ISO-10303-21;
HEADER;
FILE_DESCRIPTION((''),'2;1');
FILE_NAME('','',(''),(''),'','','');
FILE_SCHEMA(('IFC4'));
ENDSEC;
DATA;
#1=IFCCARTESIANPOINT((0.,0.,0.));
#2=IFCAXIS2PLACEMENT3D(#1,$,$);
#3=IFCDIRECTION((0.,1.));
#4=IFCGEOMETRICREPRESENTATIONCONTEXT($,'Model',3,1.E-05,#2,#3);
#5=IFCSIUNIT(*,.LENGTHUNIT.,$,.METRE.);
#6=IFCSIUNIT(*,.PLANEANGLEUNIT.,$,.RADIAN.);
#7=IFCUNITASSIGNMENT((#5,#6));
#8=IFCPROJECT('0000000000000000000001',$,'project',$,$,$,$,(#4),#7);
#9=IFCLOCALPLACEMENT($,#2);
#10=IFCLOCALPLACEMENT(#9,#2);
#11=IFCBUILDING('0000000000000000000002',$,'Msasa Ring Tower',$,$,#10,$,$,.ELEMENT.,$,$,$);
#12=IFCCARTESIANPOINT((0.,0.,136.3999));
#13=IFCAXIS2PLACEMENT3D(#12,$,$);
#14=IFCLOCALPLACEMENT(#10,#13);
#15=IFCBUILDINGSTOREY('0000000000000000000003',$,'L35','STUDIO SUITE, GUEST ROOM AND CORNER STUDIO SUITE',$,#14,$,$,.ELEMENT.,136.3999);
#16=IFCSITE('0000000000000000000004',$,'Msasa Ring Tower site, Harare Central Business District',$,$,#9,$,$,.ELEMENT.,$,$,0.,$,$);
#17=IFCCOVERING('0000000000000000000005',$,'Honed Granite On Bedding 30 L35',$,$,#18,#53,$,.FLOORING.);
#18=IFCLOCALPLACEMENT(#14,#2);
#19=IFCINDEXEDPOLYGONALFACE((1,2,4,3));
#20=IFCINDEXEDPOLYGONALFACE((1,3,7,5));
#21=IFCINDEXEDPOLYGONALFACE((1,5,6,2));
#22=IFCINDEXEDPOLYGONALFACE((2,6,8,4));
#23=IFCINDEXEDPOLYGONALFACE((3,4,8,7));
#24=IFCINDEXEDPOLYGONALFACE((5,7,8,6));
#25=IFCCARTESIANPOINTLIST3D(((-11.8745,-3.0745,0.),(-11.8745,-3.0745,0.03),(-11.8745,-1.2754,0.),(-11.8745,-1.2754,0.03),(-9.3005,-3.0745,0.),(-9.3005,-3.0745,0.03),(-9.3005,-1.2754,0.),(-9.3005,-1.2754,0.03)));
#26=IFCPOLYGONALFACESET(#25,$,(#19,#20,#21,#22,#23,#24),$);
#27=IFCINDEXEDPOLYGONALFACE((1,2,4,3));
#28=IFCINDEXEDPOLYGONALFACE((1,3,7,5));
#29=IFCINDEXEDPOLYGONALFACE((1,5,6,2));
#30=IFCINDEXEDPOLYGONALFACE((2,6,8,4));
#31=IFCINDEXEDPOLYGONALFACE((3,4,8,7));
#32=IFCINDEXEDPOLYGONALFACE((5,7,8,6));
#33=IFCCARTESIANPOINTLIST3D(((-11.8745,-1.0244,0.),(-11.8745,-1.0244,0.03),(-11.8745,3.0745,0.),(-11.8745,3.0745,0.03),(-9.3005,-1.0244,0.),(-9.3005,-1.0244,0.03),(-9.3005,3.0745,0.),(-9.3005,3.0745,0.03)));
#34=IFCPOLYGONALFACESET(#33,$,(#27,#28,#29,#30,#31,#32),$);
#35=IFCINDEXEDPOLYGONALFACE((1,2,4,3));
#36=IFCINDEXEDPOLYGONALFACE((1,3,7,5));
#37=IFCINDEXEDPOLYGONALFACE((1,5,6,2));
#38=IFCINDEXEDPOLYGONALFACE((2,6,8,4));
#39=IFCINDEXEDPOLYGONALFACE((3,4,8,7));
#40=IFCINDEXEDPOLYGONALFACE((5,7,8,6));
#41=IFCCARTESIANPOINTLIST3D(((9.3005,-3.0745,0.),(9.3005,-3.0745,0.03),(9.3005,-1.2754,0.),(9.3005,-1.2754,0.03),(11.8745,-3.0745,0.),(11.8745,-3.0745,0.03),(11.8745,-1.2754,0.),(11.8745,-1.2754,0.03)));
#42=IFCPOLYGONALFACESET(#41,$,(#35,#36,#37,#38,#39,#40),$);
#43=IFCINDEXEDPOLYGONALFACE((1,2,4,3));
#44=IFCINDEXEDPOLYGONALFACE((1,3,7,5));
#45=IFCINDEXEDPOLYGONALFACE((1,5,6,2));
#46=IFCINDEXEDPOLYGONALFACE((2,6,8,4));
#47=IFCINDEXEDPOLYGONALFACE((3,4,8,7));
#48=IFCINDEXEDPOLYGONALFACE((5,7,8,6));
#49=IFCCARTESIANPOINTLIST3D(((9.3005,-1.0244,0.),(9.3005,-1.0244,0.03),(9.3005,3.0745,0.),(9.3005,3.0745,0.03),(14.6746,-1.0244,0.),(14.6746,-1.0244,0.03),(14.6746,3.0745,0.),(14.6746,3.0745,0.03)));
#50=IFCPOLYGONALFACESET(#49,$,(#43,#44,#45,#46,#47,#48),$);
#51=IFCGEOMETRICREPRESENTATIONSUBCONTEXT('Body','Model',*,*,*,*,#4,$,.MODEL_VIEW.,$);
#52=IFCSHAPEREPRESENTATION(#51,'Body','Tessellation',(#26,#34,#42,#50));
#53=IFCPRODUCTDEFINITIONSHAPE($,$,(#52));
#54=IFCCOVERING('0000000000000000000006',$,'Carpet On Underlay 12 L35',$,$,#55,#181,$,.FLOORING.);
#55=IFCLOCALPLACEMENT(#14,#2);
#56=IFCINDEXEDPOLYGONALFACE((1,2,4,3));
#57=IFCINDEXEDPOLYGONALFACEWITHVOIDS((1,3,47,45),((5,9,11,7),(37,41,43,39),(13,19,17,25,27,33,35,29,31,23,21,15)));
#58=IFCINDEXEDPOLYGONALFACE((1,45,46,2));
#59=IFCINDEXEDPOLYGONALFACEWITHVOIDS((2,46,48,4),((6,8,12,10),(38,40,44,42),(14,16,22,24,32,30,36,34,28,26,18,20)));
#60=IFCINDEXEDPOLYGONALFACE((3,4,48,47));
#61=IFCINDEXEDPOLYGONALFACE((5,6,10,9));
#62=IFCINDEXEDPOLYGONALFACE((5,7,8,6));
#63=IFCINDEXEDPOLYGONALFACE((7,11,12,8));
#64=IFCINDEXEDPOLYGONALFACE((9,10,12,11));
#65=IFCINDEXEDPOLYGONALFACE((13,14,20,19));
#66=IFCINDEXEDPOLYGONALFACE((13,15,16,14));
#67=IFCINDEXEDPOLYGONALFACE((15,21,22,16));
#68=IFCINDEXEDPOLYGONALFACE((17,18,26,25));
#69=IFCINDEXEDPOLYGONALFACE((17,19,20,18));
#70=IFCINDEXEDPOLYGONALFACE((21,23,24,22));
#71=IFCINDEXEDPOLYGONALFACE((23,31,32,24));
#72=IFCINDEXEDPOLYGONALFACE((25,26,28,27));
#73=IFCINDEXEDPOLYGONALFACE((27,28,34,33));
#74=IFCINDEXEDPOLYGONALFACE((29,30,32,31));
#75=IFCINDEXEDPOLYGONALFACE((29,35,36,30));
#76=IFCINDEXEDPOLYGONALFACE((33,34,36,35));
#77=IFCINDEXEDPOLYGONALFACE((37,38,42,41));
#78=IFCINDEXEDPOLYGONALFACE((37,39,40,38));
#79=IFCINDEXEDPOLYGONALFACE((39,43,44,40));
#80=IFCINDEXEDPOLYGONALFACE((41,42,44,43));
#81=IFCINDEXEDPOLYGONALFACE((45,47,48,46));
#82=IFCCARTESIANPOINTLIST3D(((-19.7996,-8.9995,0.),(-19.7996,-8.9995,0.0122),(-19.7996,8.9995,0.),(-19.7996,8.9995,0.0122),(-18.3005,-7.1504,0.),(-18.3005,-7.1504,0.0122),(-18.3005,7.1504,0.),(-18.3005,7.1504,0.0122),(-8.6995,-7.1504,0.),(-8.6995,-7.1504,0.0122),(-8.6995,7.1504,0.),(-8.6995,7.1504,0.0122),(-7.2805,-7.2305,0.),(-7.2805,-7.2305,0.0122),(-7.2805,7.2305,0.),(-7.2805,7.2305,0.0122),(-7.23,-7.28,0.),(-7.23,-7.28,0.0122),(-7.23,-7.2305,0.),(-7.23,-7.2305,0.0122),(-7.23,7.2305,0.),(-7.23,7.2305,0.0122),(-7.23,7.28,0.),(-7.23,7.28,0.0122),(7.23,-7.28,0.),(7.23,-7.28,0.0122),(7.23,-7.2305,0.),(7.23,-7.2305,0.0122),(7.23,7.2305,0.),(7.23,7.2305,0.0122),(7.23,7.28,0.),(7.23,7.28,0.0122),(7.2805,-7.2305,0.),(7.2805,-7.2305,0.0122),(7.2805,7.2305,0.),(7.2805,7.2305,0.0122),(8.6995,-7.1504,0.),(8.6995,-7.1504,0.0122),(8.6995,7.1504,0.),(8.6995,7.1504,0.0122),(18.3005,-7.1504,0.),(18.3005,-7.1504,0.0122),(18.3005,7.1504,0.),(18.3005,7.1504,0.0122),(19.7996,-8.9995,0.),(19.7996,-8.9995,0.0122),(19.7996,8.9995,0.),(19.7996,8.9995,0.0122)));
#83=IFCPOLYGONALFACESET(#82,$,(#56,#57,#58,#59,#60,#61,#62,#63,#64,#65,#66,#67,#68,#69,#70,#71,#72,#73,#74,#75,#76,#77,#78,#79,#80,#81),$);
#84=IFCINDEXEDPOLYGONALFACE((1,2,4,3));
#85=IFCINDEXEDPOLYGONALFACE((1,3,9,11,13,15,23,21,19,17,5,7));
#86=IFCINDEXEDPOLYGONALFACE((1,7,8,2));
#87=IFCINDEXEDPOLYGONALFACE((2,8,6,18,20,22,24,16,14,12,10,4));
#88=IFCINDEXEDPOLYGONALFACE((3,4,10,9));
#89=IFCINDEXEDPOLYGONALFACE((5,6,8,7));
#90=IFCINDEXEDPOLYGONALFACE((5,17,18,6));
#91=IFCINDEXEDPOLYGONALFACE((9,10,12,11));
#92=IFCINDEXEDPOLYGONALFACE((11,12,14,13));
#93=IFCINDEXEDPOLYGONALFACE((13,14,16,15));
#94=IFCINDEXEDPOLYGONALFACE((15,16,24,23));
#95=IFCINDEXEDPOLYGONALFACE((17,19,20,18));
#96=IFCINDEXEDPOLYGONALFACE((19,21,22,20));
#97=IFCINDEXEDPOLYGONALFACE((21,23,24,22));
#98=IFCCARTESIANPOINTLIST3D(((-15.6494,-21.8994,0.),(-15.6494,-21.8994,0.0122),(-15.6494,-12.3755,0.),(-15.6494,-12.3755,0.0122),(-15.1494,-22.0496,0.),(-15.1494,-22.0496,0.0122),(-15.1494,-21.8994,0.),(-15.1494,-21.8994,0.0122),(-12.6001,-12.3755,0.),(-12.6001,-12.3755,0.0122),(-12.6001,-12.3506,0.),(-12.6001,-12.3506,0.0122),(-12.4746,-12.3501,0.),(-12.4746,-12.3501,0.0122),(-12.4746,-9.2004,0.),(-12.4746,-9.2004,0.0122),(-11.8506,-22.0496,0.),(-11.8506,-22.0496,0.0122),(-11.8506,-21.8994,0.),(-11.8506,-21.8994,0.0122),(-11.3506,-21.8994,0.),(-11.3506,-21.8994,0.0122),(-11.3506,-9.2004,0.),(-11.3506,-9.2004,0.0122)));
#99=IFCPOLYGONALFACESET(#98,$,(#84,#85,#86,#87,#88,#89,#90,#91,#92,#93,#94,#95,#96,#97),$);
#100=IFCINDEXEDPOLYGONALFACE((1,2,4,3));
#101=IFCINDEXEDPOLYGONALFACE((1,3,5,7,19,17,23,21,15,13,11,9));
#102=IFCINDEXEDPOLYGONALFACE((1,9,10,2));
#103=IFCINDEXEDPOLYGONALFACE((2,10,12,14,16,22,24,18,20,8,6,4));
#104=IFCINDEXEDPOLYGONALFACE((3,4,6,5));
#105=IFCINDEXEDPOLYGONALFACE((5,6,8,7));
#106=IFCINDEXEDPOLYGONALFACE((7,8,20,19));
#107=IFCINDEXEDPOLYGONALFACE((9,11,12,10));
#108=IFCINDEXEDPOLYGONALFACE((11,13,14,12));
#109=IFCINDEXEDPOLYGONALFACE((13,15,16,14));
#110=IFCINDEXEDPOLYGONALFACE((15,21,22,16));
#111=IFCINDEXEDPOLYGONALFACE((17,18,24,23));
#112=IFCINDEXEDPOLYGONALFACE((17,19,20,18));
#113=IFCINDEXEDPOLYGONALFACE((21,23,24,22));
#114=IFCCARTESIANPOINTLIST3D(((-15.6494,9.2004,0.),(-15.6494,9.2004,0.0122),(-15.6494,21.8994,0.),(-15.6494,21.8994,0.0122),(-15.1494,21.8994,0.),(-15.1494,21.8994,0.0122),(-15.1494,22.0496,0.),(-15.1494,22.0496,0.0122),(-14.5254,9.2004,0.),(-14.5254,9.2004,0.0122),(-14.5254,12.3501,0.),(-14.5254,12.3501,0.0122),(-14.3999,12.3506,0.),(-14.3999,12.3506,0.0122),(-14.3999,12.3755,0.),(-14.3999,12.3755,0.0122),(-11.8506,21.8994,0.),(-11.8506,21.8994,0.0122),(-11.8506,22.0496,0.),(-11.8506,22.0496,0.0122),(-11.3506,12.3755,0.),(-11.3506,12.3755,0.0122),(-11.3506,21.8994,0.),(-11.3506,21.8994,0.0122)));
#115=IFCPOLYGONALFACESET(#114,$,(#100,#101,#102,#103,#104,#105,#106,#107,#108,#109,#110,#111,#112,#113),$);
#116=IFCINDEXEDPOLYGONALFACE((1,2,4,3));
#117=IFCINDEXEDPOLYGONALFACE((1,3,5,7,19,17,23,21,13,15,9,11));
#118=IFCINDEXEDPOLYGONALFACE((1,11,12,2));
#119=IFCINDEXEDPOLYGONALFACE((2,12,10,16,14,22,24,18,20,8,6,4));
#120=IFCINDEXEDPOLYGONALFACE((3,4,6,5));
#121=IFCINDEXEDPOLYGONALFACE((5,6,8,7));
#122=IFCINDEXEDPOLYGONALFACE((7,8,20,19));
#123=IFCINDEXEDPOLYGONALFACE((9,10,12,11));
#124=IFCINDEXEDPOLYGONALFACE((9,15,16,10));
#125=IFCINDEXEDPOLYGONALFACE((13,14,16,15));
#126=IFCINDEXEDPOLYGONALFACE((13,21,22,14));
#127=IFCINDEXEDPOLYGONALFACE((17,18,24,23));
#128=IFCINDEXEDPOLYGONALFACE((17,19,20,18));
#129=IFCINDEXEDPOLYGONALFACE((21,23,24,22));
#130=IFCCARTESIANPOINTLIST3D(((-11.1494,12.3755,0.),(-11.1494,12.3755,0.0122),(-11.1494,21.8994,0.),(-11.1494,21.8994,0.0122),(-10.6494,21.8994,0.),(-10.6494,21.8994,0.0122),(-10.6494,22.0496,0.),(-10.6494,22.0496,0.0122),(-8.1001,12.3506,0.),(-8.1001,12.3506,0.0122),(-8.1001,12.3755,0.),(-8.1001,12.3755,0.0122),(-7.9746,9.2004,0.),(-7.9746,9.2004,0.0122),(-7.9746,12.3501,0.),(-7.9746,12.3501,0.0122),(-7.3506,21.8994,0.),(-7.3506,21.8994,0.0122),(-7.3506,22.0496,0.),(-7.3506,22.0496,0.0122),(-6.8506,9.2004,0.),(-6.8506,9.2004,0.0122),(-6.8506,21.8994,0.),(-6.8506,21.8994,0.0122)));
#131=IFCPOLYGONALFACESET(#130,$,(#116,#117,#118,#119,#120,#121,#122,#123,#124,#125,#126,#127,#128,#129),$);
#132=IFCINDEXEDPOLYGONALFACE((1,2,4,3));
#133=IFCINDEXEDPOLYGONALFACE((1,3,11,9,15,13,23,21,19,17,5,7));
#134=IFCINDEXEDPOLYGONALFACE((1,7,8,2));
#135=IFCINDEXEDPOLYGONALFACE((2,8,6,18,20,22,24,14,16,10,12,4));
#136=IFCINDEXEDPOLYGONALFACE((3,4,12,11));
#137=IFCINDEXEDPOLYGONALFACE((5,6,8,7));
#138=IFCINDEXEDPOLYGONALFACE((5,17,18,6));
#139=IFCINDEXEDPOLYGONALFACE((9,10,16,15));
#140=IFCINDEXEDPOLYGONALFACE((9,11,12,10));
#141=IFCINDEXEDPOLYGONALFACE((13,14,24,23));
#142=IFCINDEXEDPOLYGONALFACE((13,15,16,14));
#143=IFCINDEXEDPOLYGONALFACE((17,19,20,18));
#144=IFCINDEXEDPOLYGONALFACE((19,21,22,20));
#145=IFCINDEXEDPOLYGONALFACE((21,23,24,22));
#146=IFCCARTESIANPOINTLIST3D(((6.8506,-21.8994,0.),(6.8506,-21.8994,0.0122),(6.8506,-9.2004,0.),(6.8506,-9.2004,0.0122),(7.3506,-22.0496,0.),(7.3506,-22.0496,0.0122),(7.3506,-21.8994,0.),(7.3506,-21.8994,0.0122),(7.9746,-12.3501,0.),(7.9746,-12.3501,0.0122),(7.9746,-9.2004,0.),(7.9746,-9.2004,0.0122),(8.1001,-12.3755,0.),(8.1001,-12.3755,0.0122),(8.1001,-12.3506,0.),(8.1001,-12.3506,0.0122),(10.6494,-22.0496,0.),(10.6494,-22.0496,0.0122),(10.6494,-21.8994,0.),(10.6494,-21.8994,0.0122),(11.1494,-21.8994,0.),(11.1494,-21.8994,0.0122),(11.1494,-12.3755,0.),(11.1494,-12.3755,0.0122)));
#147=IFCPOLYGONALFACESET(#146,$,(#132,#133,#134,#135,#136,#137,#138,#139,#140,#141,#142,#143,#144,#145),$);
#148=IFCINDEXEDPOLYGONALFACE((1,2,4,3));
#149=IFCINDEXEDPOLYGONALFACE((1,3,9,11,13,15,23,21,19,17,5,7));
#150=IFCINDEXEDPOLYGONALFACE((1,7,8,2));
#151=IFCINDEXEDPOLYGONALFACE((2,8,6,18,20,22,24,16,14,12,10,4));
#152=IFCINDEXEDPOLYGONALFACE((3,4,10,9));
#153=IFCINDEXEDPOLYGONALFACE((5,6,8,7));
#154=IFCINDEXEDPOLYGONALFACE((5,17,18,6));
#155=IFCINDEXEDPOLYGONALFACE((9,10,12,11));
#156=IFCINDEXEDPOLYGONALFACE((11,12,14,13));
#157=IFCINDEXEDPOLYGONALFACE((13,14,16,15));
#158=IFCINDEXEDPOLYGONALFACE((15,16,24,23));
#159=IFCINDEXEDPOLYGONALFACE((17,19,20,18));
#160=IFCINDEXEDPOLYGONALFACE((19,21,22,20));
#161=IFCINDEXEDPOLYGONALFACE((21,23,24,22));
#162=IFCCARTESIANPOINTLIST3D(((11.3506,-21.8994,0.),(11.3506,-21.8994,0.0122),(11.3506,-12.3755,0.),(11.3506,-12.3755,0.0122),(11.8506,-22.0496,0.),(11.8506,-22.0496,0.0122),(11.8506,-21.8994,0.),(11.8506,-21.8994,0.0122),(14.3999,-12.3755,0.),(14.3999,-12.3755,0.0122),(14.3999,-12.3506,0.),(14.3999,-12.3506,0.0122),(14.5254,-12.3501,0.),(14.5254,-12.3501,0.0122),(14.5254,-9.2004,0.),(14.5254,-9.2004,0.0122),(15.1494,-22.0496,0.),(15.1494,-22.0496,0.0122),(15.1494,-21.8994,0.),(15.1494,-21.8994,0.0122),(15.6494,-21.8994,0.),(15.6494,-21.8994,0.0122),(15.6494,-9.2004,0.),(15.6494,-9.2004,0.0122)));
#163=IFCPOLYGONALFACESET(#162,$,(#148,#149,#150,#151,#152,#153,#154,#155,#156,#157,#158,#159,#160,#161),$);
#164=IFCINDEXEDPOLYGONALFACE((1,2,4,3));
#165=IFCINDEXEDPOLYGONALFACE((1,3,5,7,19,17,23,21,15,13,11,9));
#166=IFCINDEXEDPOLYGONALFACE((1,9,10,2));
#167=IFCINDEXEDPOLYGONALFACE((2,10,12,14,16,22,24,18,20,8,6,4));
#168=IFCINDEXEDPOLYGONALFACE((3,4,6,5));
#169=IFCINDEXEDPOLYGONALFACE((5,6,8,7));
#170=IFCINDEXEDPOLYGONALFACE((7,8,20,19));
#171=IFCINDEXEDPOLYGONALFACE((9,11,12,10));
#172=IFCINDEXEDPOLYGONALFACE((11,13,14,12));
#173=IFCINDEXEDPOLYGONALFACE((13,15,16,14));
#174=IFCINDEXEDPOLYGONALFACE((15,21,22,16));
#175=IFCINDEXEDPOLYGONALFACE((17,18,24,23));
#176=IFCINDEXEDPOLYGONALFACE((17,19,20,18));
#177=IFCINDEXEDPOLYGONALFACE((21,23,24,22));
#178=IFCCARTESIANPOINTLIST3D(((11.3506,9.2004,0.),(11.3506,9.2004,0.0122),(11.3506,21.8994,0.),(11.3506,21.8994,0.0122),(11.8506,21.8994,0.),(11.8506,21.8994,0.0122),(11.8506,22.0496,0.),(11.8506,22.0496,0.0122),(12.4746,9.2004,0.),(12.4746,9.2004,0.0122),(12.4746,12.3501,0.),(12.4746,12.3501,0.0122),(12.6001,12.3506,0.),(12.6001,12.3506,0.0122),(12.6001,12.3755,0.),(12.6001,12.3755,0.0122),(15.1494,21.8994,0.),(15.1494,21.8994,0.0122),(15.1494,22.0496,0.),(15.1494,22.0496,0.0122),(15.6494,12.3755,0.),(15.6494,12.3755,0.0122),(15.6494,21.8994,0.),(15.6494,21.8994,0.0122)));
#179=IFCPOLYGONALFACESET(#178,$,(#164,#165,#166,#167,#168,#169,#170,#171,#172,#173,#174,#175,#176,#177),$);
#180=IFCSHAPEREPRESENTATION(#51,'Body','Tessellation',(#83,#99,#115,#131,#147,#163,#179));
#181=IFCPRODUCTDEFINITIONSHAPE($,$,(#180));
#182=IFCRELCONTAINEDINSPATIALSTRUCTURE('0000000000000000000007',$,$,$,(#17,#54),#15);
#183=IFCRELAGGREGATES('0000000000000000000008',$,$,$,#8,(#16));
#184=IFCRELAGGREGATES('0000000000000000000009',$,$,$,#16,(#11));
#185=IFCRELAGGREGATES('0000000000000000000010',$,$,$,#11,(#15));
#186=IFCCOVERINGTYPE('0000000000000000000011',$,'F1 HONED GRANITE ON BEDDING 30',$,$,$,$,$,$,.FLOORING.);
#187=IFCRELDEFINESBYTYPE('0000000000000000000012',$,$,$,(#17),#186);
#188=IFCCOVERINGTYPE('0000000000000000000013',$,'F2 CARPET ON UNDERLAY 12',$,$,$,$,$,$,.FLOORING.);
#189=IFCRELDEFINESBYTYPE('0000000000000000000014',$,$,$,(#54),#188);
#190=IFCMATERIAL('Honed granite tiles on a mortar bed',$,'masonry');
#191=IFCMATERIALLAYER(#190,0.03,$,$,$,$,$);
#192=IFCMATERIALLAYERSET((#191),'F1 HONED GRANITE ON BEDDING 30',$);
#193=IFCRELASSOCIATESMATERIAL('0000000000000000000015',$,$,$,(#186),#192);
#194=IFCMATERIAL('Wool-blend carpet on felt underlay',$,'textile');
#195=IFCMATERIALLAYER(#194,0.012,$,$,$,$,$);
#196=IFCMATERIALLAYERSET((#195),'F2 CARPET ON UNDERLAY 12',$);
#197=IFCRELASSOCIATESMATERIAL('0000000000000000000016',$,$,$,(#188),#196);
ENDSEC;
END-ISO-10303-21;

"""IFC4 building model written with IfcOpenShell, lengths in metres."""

from ifc_helpers import new_model, si_unit, direction, frame, origin, place, context, subcontext, project, spatial, line, indexed_curve, outline, extrude, material, layer, layer_set, type_object, element, save


model = new_model("IFC4")

# Units and contexts
model_context = context("Model", 3, precision=1e-05, world=origin(), true_north=direction((0.0, 1.0)))
body_context = subcontext(model_context, "Body", "Model", "MODEL_VIEW")
ifc_project = project(units=[si_unit("LENGTHUNIT", "METRE"), si_unit("PLANEANGLEUNIT", "RADIAN")], contexts=[model_context])

# Site, building, storey
site_placement = place(None, origin())
site = spatial("IfcSite", under=ifc_project, at=site_placement, Name="Msasa Ring Tower site, Harare Central Business District", CompositionType="ELEMENT", RefElevation=0.0)
building_placement = place(site_placement, origin())
building = spatial("IfcBuilding", under=site, at=building_placement, Name="Msasa Ring Tower", CompositionType="ELEMENT")
storey_placement = place(building_placement, frame((0.0, 0.0, 136.3999)))
storey = spatial("IfcBuildingStorey", under=building, at=storey_placement, Name="L35", Description="STUDIO SUITE, GUEST ROOM AND CORNER STUDIO SUITE", CompositionType="ELEMENT", Elevation=136.3999)

# Coverings
ifc_material_1 = material(Name="Honed granite tiles on a mortar bed", Category="masonry")
ifc_layer_1 = layer(ifc_material_1, 0.03)
ifc_layer_set_1 = layer_set([ifc_layer_1], Name="F1 HONED GRANITE ON BEDDING 30")
covering_type_1 = type_object("IfcCoveringType", Name="F1 HONED GRANITE ON BEDDING 30", PredefinedType="FLOORING", material=ifc_layer_set_1)
covering_1_placement = place(storey_placement, origin())
element("IfcCovering", 1, at=covering_1_placement, inside=storey, type_object=covering_type_1, Name="Honed Granite On Bedding 30 L35", PredefinedType="FLOORING", context=body_context, shape_type="SweptSolid", body=[
    extrude(outline(indexed_curve([(-11.8745, -3.0745), (-11.8745, -1.2754), (-9.3005, -1.2754), (-9.3005, -3.0745)], segments=[line(1, 2, 3, 4, 1)], self_intersect=False)), origin(), (0.0, 0.0, 1.0), 0.03),
    extrude(outline(indexed_curve([(-11.8745, -1.0244), (-11.8745, 3.0745), (-9.3005, 3.0745), (-9.3005, -1.0244)], segments=[line(1, 2, 3, 4, 1)], self_intersect=False)), origin(), (0.0, 0.0, 1.0), 0.03),
    extrude(outline(indexed_curve([(9.3005, -3.0745), (9.3005, -1.2754), (11.8745, -1.2754), (11.8745, -3.0745)], segments=[line(1, 2, 3, 4, 1)], self_intersect=False)), origin(), (0.0, 0.0, 1.0), 0.03),
    extrude(outline(indexed_curve([(9.3005, -1.0244), (9.3005, 3.0745), (14.6746, 3.0745), (14.6746, -1.0244)], segments=[line(1, 2, 3, 4, 1)], self_intersect=False)), origin(), (0.0, 0.0, 1.0), 0.03),
])
ifc_material_2 = material(Name="Wool-blend carpet on felt underlay", Category="textile")
ifc_layer_2 = layer(ifc_material_2, 0.012)
ifc_layer_set_2 = layer_set([ifc_layer_2], Name="F2 CARPET ON UNDERLAY 12")
covering_type_2 = type_object("IfcCoveringType", Name="F2 CARPET ON UNDERLAY 12", PredefinedType="FLOORING", material=ifc_layer_set_2)
covering_2_placement = place(storey_placement, origin())
element("IfcCovering", 2, at=covering_2_placement, inside=storey, type_object=covering_type_2, Name="Carpet On Underlay 12 L35", PredefinedType="FLOORING", context=body_context, shape_type="SweptSolid", body=[
    extrude(outline(indexed_curve([(19.7996, 8.9995), (19.7996, -8.9995), (-19.7996, -8.9995), (-19.7996, 8.9995)], segments=[line(1, 2, 3, 4, 1)], self_intersect=False), holes=[indexed_curve([(8.6995, -7.1504), (18.3005, -7.1504), (18.3005, 7.1504), (8.6995, 7.1504)], segments=[line(1, 2, 3, 4, 1)], self_intersect=False), indexed_curve([(-18.3005, 7.1504), (-18.3005, -7.1504), (-8.6995, -7.1504), (-8.6995, 7.1504)], segments=[line(1, 2, 3, 4, 1)], self_intersect=False), indexed_curve([(-7.2805, 7.2305), (-7.2805, -7.2305), (-7.23, -7.2305), (-7.23, -7.28), (7.23, -7.28), (7.23, -7.2305), (7.2805, -7.2305), (7.2805, 7.2305), (7.23, 7.2305), (7.23, 7.28), (-7.23, 7.28), (-7.23, 7.2305)], segments=[line(1, 2, 3, 4, 5, 6, 7, 8, 9, 10, 11, 12, 1)], self_intersect=False)]), origin(), (0.0, 0.0, 1.0), 0.0122),
    extrude(outline(indexed_curve([(-12.6001, -12.3506), (-12.4746, -12.3501), (-12.4746, -9.2004), (-11.3506, -9.2004), (-11.3506, -21.8994), (-11.8506, -21.8994), (-11.8506, -22.0496), (-15.1494, -22.0496), (-15.1494, -21.8994), (-15.6494, -21.8994), (-15.6494, -12.3755), (-12.6001, -12.3755)], segments=[line(1, 2, 3, 4, 5, 6, 7, 8, 9, 10, 11, 12, 1)], self_intersect=False)), origin(), (0.0, 0.0, 1.0), 0.0122),
    extrude(outline(indexed_curve([(-14.3999, 12.3506), (-14.5254, 12.3501), (-14.5254, 9.2004), (-15.6494, 9.2004), (-15.6494, 21.8994), (-15.1494, 21.8994), (-15.1494, 22.0496), (-11.8506, 22.0496), (-11.8506, 21.8994), (-11.3506, 21.8994), (-11.3506, 12.3755), (-14.3999, 12.3755)], segments=[line(1, 2, 3, 4, 5, 6, 7, 8, 9, 10, 11, 12, 1)], self_intersect=False)), origin(), (0.0, 0.0, 1.0), 0.0122),
    extrude(outline(indexed_curve([(-7.3506, 22.0496), (-7.3506, 21.8994), (-6.8506, 21.8994), (-6.8506, 9.2004), (-7.9746, 9.2004), (-7.9746, 12.3501), (-8.1001, 12.3506), (-8.1001, 12.3755), (-11.1494, 12.3755), (-11.1494, 21.8994), (-10.6494, 21.8994), (-10.6494, 22.0496)], segments=[line(1, 2, 3, 4, 5, 6, 7, 8, 9, 10, 11, 12, 1)], self_intersect=False)), origin(), (0.0, 0.0, 1.0), 0.0122),
    extrude(outline(indexed_curve([(7.3506, -22.0496), (7.3506, -21.8994), (6.8506, -21.8994), (6.8506, -9.2004), (7.9746, -9.2004), (7.9746, -12.3501), (8.1001, -12.3506), (8.1001, -12.3755), (11.1494, -12.3755), (11.1494, -21.8994), (10.6494, -21.8994), (10.6494, -22.0496)], segments=[line(1, 2, 3, 4, 5, 6, 7, 8, 9, 10, 11, 12, 1)], self_intersect=False)), origin(), (0.0, 0.0, 1.0), 0.0122),
    extrude(outline(indexed_curve([(14.3999, -12.3506), (14.5254, -12.3501), (14.5254, -9.2004), (15.6494, -9.2004), (15.6494, -21.8994), (15.1494, -21.8994), (15.1494, -22.0496), (11.8506, -22.0496), (11.8506, -21.8994), (11.3506, -21.8994), (11.3506, -12.3755), (14.3999, -12.3755)], segments=[line(1, 2, 3, 4, 5, 6, 7, 8, 9, 10, 11, 12, 1)], self_intersect=False)), origin(), (0.0, 0.0, 1.0), 0.0122),
    extrude(outline(indexed_curve([(12.6001, 12.3506), (12.4746, 12.3501), (12.4746, 9.2004), (11.3506, 9.2004), (11.3506, 21.8994), (11.8506, 21.8994), (11.8506, 22.0496), (15.1494, 22.0496), (15.1494, 21.8994), (15.6494, 21.8994), (15.6494, 12.3755), (12.6001, 12.3755)], segments=[line(1, 2, 3, 4, 5, 6, 7, 8, 9, 10, 11, 12, 1)], self_intersect=False)), origin(), (0.0, 0.0, 1.0), 0.0122),
])

save(model, "model.ifc")
